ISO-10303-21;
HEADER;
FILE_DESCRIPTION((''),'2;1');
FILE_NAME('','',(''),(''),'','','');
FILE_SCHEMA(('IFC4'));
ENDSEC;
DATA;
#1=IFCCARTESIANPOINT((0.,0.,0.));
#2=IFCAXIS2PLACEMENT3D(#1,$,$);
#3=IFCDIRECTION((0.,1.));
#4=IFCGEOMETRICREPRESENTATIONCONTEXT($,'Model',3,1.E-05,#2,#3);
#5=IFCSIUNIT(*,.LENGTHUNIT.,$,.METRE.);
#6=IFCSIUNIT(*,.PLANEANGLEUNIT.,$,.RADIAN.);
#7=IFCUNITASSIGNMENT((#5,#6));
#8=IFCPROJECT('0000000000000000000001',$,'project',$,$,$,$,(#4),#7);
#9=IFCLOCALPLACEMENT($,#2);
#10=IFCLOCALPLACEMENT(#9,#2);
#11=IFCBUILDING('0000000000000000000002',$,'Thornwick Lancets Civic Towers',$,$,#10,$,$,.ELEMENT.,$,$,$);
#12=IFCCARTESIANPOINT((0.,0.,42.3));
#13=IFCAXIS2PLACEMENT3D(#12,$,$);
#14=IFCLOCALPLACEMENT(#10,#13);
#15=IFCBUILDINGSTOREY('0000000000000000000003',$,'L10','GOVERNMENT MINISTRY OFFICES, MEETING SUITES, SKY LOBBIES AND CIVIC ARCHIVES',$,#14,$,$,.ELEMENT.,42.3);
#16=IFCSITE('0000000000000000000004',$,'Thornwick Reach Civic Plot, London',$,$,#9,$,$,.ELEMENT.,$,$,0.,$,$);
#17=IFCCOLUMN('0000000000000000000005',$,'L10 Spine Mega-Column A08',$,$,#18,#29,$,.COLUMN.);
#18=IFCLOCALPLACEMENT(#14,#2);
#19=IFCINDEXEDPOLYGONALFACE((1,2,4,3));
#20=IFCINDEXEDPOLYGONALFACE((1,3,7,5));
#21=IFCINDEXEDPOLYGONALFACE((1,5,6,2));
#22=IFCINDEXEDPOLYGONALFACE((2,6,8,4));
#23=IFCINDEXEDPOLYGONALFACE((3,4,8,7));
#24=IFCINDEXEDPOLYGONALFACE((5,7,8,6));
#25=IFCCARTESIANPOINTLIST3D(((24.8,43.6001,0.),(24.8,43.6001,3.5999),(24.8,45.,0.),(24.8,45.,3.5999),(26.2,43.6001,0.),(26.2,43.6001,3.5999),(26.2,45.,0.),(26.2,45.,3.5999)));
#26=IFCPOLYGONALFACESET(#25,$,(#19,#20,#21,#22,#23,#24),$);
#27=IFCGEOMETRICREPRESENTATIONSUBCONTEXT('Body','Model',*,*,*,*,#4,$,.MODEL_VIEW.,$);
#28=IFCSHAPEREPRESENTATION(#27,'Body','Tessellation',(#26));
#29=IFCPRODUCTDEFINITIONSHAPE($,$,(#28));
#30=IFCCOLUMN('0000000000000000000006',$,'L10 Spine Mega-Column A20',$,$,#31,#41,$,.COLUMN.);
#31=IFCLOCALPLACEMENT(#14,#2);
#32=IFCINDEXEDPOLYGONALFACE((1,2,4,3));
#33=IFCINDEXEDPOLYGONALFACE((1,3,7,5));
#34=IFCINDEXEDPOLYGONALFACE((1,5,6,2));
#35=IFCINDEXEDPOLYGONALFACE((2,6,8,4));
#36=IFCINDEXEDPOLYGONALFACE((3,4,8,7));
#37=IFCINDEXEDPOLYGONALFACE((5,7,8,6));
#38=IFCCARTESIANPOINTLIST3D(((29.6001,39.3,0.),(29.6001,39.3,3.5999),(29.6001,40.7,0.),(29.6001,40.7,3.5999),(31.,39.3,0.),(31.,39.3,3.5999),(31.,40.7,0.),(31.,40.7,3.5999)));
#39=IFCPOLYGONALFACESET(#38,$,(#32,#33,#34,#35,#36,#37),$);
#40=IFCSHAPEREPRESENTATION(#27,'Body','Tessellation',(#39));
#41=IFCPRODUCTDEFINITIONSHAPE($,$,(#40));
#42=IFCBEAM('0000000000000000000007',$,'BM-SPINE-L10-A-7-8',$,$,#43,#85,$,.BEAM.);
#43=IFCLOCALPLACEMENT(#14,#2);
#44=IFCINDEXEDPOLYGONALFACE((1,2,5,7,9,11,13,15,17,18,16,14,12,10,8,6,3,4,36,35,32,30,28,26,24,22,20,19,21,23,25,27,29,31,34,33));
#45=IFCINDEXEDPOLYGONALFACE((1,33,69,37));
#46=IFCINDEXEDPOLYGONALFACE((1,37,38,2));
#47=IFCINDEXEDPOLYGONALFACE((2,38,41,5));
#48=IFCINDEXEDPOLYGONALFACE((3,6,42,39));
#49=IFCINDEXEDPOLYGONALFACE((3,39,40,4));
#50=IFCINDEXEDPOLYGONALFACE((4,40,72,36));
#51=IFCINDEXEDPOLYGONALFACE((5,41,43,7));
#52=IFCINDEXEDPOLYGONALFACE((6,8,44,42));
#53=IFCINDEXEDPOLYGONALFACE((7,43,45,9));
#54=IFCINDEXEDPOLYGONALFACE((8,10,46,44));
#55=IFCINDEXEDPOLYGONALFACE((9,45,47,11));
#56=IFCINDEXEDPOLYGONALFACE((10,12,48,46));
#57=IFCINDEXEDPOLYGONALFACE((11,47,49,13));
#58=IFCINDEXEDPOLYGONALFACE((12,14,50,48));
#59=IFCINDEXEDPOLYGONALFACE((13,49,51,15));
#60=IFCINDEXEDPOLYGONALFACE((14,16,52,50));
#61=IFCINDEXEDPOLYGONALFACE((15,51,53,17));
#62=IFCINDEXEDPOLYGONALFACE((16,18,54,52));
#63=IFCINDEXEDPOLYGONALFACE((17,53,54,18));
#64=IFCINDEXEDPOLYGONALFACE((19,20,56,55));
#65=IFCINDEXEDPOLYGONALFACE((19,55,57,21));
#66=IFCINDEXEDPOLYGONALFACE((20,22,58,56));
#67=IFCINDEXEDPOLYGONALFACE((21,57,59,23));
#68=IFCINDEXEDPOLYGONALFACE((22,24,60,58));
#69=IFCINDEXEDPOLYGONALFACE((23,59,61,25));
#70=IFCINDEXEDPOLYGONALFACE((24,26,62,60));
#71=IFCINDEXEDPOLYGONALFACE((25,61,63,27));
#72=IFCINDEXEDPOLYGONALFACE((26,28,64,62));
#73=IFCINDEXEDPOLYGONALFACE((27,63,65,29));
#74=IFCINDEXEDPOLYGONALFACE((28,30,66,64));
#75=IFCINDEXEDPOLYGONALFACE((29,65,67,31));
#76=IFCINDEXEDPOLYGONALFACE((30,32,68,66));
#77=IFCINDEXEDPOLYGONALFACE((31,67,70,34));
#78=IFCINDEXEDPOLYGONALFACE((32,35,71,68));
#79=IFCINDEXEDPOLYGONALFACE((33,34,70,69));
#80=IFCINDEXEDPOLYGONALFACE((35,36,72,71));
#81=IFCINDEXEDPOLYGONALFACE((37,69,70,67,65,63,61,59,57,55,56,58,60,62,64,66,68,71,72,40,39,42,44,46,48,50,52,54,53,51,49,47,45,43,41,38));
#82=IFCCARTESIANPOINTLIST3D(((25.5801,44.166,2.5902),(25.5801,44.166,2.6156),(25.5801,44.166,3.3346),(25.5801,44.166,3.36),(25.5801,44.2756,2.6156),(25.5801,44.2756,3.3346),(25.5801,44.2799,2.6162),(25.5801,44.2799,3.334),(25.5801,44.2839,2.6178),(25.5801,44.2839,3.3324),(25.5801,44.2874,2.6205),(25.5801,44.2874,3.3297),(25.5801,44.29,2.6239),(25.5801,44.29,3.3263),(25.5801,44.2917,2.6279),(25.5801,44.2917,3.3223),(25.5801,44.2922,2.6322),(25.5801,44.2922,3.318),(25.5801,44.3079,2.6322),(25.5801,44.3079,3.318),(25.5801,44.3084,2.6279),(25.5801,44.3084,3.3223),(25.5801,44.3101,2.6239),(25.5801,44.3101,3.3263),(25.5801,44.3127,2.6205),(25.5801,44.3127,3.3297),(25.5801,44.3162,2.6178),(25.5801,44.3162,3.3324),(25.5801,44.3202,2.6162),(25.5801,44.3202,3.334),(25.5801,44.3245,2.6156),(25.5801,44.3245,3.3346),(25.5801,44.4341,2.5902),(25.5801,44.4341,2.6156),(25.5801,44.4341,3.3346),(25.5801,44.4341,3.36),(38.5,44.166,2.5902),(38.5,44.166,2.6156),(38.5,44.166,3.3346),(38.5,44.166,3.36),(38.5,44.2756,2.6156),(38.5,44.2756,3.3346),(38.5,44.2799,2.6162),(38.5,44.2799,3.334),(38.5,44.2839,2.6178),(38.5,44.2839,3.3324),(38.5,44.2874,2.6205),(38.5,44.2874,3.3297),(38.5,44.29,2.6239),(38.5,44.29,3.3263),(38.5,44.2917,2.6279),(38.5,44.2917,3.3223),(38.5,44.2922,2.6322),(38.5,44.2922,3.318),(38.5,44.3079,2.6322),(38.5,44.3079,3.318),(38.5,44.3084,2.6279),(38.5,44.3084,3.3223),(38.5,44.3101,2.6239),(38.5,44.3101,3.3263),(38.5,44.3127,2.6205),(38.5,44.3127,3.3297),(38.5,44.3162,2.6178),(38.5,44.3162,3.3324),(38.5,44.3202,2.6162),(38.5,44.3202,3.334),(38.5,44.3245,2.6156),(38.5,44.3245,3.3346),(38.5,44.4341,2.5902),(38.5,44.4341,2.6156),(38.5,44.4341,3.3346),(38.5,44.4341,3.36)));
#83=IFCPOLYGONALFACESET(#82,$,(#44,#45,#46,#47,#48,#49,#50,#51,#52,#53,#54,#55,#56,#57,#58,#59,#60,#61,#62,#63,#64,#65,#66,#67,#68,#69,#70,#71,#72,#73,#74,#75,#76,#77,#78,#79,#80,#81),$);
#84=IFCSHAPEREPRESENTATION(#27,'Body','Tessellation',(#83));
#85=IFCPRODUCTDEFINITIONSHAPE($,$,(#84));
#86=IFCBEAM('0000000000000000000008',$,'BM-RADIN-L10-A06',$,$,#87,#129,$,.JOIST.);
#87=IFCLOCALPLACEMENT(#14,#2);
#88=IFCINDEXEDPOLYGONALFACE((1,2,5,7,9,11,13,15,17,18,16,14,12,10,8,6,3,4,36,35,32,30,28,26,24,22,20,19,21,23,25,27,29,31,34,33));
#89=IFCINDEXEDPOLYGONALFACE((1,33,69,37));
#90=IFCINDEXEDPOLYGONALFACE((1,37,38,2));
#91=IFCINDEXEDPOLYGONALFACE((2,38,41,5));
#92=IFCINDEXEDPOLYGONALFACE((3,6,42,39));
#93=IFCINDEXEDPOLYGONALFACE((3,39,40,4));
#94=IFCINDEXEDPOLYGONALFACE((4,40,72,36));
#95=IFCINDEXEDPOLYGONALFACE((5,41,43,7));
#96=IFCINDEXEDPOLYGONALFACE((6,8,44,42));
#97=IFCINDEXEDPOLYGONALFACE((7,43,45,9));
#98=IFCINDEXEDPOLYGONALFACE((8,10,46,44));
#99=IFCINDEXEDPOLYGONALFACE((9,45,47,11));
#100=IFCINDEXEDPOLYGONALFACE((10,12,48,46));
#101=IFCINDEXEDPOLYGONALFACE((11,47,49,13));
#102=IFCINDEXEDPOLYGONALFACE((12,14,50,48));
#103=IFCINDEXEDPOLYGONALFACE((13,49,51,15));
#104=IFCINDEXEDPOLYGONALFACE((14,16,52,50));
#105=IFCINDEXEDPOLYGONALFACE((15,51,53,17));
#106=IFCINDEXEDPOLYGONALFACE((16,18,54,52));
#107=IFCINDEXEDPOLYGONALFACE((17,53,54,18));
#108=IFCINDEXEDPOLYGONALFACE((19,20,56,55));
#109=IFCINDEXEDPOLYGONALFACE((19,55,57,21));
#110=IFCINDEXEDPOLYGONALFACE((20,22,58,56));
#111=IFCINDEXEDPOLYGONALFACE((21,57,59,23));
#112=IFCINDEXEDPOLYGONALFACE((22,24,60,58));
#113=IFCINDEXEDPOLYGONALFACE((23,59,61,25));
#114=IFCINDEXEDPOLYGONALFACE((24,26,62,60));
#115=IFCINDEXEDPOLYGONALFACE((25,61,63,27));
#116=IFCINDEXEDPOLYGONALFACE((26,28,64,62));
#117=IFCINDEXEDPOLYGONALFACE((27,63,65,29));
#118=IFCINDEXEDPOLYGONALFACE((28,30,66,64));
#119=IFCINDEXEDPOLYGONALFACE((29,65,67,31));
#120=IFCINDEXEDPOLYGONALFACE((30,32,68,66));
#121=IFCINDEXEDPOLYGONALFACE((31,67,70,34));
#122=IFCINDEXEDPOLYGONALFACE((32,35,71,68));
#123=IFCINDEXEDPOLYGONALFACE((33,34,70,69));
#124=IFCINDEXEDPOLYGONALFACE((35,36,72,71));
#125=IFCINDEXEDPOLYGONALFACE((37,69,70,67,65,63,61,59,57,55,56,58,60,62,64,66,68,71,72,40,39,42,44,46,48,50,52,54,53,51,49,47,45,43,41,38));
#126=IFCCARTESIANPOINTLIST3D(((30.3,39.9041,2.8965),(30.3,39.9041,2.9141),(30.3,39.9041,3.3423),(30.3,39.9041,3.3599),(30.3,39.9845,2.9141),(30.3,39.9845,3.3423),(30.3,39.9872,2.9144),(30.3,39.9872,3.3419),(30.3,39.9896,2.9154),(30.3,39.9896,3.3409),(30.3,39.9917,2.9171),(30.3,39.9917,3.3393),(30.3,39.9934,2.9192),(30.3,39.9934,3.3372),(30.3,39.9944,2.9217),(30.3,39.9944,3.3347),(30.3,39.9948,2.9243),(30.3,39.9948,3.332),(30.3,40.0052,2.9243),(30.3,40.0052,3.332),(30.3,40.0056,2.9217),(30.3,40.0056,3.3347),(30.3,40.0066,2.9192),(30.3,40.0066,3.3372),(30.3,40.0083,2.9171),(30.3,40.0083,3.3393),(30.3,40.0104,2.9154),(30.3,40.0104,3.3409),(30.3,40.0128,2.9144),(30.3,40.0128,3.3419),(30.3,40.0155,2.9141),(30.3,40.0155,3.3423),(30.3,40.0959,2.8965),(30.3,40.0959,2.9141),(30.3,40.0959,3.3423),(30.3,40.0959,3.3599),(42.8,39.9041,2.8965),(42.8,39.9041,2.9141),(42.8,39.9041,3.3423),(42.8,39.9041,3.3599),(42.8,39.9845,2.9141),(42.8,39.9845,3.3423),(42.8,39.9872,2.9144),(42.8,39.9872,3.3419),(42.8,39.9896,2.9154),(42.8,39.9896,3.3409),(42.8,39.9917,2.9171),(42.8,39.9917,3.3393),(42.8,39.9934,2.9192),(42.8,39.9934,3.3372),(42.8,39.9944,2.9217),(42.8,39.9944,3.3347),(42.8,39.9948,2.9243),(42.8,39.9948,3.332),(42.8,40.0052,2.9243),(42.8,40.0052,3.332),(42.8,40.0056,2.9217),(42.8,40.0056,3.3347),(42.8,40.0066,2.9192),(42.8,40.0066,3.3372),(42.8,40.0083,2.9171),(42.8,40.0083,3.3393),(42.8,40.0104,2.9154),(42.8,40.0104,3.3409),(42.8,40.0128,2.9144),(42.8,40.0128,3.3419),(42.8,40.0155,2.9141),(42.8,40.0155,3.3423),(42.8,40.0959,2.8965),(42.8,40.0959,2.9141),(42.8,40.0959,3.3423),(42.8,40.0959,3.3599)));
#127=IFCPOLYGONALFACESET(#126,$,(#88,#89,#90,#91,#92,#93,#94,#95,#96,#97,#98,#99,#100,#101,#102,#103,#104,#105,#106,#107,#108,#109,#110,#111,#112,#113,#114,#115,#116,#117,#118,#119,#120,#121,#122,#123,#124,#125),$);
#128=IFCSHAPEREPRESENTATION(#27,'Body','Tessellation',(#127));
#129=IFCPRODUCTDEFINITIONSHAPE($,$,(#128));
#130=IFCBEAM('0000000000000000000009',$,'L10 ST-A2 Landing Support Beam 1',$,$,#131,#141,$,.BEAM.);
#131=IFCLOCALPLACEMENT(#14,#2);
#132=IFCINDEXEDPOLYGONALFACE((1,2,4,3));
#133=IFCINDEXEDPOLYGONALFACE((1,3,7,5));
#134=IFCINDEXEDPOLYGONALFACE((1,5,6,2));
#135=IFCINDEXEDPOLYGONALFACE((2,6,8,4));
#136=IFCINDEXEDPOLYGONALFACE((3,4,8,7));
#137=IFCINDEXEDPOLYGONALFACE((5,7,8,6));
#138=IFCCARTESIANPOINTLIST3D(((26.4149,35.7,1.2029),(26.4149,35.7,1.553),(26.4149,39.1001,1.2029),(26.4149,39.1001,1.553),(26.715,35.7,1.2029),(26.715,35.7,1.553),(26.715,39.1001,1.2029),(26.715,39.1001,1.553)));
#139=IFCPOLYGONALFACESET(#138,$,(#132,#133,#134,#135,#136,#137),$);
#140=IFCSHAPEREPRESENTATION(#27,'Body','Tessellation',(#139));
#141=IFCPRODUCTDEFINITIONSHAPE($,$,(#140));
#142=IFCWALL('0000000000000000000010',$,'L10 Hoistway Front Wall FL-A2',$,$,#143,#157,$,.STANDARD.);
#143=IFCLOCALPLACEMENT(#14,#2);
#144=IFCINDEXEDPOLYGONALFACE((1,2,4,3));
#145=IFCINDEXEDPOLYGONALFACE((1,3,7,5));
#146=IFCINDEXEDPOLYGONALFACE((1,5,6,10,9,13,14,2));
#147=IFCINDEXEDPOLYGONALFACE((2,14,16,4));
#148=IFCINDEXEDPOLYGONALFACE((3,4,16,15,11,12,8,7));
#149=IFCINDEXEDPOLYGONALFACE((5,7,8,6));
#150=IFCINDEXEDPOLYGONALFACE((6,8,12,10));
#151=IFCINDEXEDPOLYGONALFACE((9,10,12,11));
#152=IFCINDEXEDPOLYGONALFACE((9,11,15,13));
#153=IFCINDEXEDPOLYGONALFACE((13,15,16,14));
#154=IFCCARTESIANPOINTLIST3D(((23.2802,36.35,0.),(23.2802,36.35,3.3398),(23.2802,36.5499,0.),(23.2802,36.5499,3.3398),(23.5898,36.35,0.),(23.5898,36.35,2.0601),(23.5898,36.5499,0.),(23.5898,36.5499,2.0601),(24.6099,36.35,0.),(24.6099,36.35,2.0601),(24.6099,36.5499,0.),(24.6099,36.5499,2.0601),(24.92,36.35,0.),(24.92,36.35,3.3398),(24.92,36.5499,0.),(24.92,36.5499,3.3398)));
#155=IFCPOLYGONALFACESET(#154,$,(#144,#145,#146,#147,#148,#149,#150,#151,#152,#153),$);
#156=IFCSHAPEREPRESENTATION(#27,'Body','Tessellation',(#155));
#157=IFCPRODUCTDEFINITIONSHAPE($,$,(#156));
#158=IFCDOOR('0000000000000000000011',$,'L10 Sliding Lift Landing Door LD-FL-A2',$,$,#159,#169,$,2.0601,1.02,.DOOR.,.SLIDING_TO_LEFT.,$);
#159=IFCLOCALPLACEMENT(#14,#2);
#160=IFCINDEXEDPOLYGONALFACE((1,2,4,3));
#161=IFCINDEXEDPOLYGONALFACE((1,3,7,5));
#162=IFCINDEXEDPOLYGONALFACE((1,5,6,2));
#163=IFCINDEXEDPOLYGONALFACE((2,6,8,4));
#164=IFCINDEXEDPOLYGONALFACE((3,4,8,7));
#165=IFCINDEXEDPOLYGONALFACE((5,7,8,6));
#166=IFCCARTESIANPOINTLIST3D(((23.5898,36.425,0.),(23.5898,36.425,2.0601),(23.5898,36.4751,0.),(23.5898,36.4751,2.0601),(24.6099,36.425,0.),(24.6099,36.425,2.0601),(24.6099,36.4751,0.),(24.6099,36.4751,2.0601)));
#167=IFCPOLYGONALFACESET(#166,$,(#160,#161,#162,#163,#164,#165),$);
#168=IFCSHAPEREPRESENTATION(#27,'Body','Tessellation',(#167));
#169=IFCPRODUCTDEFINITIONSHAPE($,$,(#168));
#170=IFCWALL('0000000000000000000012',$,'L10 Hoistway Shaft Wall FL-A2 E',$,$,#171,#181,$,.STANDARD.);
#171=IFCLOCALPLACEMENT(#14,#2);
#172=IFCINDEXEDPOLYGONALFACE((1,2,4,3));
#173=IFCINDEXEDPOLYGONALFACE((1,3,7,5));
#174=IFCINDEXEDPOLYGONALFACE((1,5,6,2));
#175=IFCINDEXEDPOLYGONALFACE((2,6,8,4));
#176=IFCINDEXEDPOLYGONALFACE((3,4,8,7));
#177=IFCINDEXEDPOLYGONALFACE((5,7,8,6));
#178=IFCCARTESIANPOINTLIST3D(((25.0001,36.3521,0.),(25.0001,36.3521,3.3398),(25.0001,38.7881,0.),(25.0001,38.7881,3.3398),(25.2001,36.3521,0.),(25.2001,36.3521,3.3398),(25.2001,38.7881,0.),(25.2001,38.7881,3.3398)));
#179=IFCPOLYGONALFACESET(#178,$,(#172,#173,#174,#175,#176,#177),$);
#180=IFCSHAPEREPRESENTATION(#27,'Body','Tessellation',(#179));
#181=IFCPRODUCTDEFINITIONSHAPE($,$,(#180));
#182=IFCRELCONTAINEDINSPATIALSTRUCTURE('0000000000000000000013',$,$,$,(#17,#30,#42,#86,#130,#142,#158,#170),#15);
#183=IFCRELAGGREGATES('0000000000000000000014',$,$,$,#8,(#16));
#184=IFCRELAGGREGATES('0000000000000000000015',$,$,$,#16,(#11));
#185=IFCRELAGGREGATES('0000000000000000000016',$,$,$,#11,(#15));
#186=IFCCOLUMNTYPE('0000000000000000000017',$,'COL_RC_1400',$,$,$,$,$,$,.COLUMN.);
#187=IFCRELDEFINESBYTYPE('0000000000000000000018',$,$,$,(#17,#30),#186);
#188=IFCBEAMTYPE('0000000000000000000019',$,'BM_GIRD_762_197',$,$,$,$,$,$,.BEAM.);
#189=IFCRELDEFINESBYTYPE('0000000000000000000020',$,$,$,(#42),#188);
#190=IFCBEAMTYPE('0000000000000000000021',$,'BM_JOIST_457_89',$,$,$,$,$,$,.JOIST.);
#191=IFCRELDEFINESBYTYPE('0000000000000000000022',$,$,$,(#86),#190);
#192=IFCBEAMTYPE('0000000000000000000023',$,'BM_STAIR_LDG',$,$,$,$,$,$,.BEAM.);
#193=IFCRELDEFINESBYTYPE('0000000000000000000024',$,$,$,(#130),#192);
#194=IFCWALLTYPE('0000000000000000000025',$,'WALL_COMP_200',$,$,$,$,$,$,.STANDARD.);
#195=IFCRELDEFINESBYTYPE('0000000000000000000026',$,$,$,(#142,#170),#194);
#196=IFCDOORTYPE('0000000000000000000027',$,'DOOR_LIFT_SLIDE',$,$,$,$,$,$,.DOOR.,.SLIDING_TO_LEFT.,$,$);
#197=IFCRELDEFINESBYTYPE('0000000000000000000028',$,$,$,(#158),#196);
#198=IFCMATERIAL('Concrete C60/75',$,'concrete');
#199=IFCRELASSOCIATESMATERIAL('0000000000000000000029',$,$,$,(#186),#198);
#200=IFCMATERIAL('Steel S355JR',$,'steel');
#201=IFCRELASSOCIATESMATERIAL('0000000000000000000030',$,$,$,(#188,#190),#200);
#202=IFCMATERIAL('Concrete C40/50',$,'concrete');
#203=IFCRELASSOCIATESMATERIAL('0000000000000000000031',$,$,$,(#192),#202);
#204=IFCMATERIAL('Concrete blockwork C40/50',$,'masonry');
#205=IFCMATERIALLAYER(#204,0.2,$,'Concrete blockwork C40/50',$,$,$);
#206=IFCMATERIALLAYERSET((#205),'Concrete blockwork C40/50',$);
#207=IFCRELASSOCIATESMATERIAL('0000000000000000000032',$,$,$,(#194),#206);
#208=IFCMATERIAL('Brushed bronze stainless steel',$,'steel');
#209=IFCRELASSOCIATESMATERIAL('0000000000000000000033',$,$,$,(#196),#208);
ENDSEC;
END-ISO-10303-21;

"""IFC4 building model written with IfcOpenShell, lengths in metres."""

from ifc_helpers import new_model, si_unit, direction, frame, frame_2d, origin, origin_2d, place, context, subcontext, project, spatial, rectangle, i_section, extrude, material, layer, layer_set, material_profile, profile_set, type_object, element, fill, save


model = new_model("IFC4")

# Units and contexts
model_context = context("Model", 3, precision=1e-05, world=origin(), true_north=direction((0.0, 1.0)))
body_context = subcontext(model_context, "Body", "Model", "MODEL_VIEW")
ifc_project = project(units=[si_unit("LENGTHUNIT", "METRE"), si_unit("PLANEANGLEUNIT", "RADIAN")], contexts=[model_context])

# Site, building, storey
site_placement = place(None, origin())
site = spatial("IfcSite", under=ifc_project, at=site_placement, Name="Thornwick Reach Civic Plot, London", CompositionType="ELEMENT", RefElevation=0.0)
building_placement = place(site_placement, origin())
building = spatial("IfcBuilding", under=site, at=building_placement, Name="Thornwick Lancets Civic Towers", CompositionType="ELEMENT")
storey_placement = place(building_placement, frame((0.0, 0.0, 42.3)))
storey = spatial("IfcBuildingStorey", under=building, at=storey_placement, Name="L10", Description="GOVERNMENT MINISTRY OFFICES, MEETING SUITES, SKY LOBBIES AND CIVIC ARCHIVES", CompositionType="ELEMENT", Elevation=42.3)

# Columns
ifc_material_1 = material(Name="Concrete C60/75", Category="concrete")
ifc_material_profile_1 = material_profile(ifc_material_1, rectangle(XDim=1.3999, YDim=1.3999, at=origin_2d()), Name="RC 1400x1400")
ifc_profile_set_1 = profile_set([ifc_material_profile_1], Name="Concrete C60/75")
column_type = type_object("IfcColumnType", Name="COL_RC_1400", PredefinedType="COLUMN", material=ifc_profile_set_1)
for number, where, z_axis, x_axis, name in (
    (1, (25.5, 44.3, 0.0), (0.0, 0.0, 1.0), (1.0, 0.0, 0.0), "L10 Spine Mega-Column A08"),
    (2, (30.3, 40.0, 0.0), (0.0, 0.0, 1.0), (1.0, 0.0, 0.0), "L10 Spine Mega-Column A20"),
):
    element("IfcColumn", number, at=place(storey_placement, frame(where, z_axis=z_axis, x_axis=x_axis)), inside=storey, type_object=column_type, Name=name, PredefinedType="COLUMN", context=body_context, shape_type="SweptSolid", body=[
        extrude(rectangle(XDim=1.3999, YDim=1.3999, at=origin_2d()), origin(), (0.0, 0.0, 1.0), 3.5999),
    ])

# Beams
ifc_material_2 = material(Name="Steel S355JR", Category="steel")
ifc_material_profile_2 = material_profile(ifc_material_2, i_section(OverallWidth=0.2681, OverallDepth=0.7698, WebThickness=0.0156, FlangeThickness=0.0254, FilletRadius=0.0166, at=origin_2d()), Name="UKB 762x267x197")
ifc_profile_set_2 = profile_set([ifc_material_profile_2], Name="Steel S355JR")
beam_type_1 = type_object("IfcBeamType", Name="BM_GIRD_762_197", PredefinedType="BEAM", material=ifc_profile_set_2)
beam_1_placement = place(storey_placement, frame((25.5801, 44.3, 2.9751), z_axis=(1.0, 0.0, 0.0), x_axis=(0.0, 1.0, 0.0)))
element("IfcBeam", 3, at=beam_1_placement, inside=storey, type_object=beam_type_1, Name="BM-SPINE-L10-A-7-8", PredefinedType="BEAM", context=body_context, shape_type="SweptSolid", body=[
    extrude(i_section(OverallWidth=0.2681, OverallDepth=0.7698, WebThickness=0.0156, FlangeThickness=0.0254, FilletRadius=0.0166, at=origin_2d()), origin(), (0.0, 0.0, 1.0), 12.9199),
])
ifc_material_profile_3 = material_profile(ifc_material_2, i_section(OverallWidth=0.1919, OverallDepth=0.4634, WebThickness=0.0105, FlangeThickness=0.0176, FilletRadius=0.0103, at=origin_2d()), Name="UKB 457x191x89")
ifc_profile_set_3 = profile_set([ifc_material_profile_3], Name="Steel S355JR")
beam_type_2 = type_object("IfcBeamType", Name="BM_JOIST_457_89", PredefinedType="JOIST", material=ifc_profile_set_3)
beam_2_placement = place(storey_placement, frame((30.3, 40.0, 3.1282), z_axis=(1.0, 0.0, 0.0), x_axis=(0.0, 1.0, 0.0)))
element("IfcBeam", 4, at=beam_2_placement, inside=storey, type_object=beam_type_2, Name="BM-RADIN-L10-A06", PredefinedType="JOIST", context=body_context, shape_type="SweptSolid", body=[
    extrude(i_section(OverallWidth=0.1919, OverallDepth=0.4634, WebThickness=0.0105, FlangeThickness=0.0176, FilletRadius=0.0103, at=origin_2d()), origin(), (0.0, 0.0, 1.0), 12.5),
])
ifc_material_3 = material(Name="Concrete C40/50", Category="concrete")
ifc_material_profile_4 = material_profile(ifc_material_3, rectangle(XDim=0.3, YDim=0.3501, at=origin_2d()), Name="RC 300x350")
ifc_profile_set_4 = profile_set([ifc_material_profile_4], Name="Concrete C40/50")
beam_type_3 = type_object("IfcBeamType", Name="BM_STAIR_LDG", PredefinedType="BEAM", material=ifc_profile_set_4)
beam_3_placement = place(storey_placement, frame((26.5649, 39.1001, 1.3779), z_axis=(0.0, -1.0, 0.0), x_axis=(1.0, 0.0, 0.0)))
element("IfcBeam", 5, at=beam_3_placement, inside=storey, type_object=beam_type_3, Name="L10 ST-A2 Landing Support Beam 1", PredefinedType="BEAM", context=body_context, shape_type="SweptSolid", body=[
    extrude(rectangle(XDim=0.3, YDim=0.3501, at=origin_2d()), origin(), (0.0, 0.0, 1.0), 3.4001),
])

# Wall, opening, door
ifc_material_4 = material(Name="Concrete blockwork C40/50", Category="masonry")
ifc_layer_1 = layer(ifc_material_4, 0.2, Name="Concrete blockwork C40/50")
ifc_layer_set_1 = layer_set([ifc_layer_1], Name="Concrete blockwork C40/50")
wall_type_1 = type_object("IfcWallType", Name="WALL_COMP_200", PredefinedType="STANDARD", material=ifc_layer_set_1)
wall_1_placement = place(storey_placement, frame((24.9199, 36.45, 0.0), z_axis=(0.0, 0.0, 1.0), x_axis=(-1.0, 0.0, 0.0)))
wall_1 = element("IfcWall", 6, at=wall_1_placement, inside=storey, type_object=wall_type_1, Name="L10 Hoistway Front Wall FL-A2", PredefinedType="STANDARD", context=body_context, shape_type="SweptSolid", body=[
    extrude(rectangle(XDim=1.6399, YDim=0.2, at=frame_2d((0.8198, 0.0))), origin(), (0.0, 0.0, 1.0), 3.3398),
])
opening_placement = place(wall_1_placement, frame((0.3101, 0.0, 0.0)))
opening = element("IfcOpeningElement", 7, at=opening_placement, cuts=wall_1, PredefinedType="OPENING", context=body_context, shape_type="SweptSolid", body=[
    extrude(rectangle(XDim=1.02, YDim=2.0601, at=frame_2d((0.51, 1.03))), frame((0.0, 0.1099, 0.0), z_axis=(0.0, -1.0, 0.0), x_axis=(1.0, 0.0, 0.0)), (0.0, 0.0, 1.0), 0.22),
])
ifc_material_5 = material(Name="Brushed bronze stainless steel", Category="steel")
door_type = type_object("IfcDoorType", Name="DOOR_LIFT_SLIDE", OperationType="SLIDING_TO_LEFT", PredefinedType="DOOR", material=ifc_material_5)
door_placement = place(opening_placement, origin())
door = element("IfcDoor", 8, at=door_placement, inside=storey, type_object=door_type, Name="L10 Sliding Lift Landing Door LD-FL-A2", OperationType="SLIDING_TO_LEFT", OverallHeight=2.0601, OverallWidth=1.02, PredefinedType="DOOR", context=body_context, shape_type="SweptSolid", body=[
    extrude(rectangle(XDim=1.02, YDim=2.0601, at=frame_2d((0.51, 1.03))), frame((0.0, 0.0249, 0.0), z_axis=(0.0, -1.0, 0.0), x_axis=(1.0, 0.0, 0.0)), (0.0, 0.0, 1.0), 0.05),
])
fill(opening, door)

# Wall
wall_2_placement = place(storey_placement, frame((25.1001, 36.3521, 0.0), z_axis=(0.0, 0.0, 1.0), x_axis=(0.0, 1.0, 0.0)))
element("IfcWall", 9, at=wall_2_placement, inside=storey, type_object=wall_type_1, Name="L10 Hoistway Shaft Wall FL-A2 E", PredefinedType="STANDARD", context=body_context, shape_type="SweptSolid", body=[
    extrude(rectangle(XDim=2.436, YDim=0.2, at=frame_2d((1.218, 0.0))), origin(), (0.0, 0.0, 1.0), 3.3398),
])

save(model, "model.ifc")
